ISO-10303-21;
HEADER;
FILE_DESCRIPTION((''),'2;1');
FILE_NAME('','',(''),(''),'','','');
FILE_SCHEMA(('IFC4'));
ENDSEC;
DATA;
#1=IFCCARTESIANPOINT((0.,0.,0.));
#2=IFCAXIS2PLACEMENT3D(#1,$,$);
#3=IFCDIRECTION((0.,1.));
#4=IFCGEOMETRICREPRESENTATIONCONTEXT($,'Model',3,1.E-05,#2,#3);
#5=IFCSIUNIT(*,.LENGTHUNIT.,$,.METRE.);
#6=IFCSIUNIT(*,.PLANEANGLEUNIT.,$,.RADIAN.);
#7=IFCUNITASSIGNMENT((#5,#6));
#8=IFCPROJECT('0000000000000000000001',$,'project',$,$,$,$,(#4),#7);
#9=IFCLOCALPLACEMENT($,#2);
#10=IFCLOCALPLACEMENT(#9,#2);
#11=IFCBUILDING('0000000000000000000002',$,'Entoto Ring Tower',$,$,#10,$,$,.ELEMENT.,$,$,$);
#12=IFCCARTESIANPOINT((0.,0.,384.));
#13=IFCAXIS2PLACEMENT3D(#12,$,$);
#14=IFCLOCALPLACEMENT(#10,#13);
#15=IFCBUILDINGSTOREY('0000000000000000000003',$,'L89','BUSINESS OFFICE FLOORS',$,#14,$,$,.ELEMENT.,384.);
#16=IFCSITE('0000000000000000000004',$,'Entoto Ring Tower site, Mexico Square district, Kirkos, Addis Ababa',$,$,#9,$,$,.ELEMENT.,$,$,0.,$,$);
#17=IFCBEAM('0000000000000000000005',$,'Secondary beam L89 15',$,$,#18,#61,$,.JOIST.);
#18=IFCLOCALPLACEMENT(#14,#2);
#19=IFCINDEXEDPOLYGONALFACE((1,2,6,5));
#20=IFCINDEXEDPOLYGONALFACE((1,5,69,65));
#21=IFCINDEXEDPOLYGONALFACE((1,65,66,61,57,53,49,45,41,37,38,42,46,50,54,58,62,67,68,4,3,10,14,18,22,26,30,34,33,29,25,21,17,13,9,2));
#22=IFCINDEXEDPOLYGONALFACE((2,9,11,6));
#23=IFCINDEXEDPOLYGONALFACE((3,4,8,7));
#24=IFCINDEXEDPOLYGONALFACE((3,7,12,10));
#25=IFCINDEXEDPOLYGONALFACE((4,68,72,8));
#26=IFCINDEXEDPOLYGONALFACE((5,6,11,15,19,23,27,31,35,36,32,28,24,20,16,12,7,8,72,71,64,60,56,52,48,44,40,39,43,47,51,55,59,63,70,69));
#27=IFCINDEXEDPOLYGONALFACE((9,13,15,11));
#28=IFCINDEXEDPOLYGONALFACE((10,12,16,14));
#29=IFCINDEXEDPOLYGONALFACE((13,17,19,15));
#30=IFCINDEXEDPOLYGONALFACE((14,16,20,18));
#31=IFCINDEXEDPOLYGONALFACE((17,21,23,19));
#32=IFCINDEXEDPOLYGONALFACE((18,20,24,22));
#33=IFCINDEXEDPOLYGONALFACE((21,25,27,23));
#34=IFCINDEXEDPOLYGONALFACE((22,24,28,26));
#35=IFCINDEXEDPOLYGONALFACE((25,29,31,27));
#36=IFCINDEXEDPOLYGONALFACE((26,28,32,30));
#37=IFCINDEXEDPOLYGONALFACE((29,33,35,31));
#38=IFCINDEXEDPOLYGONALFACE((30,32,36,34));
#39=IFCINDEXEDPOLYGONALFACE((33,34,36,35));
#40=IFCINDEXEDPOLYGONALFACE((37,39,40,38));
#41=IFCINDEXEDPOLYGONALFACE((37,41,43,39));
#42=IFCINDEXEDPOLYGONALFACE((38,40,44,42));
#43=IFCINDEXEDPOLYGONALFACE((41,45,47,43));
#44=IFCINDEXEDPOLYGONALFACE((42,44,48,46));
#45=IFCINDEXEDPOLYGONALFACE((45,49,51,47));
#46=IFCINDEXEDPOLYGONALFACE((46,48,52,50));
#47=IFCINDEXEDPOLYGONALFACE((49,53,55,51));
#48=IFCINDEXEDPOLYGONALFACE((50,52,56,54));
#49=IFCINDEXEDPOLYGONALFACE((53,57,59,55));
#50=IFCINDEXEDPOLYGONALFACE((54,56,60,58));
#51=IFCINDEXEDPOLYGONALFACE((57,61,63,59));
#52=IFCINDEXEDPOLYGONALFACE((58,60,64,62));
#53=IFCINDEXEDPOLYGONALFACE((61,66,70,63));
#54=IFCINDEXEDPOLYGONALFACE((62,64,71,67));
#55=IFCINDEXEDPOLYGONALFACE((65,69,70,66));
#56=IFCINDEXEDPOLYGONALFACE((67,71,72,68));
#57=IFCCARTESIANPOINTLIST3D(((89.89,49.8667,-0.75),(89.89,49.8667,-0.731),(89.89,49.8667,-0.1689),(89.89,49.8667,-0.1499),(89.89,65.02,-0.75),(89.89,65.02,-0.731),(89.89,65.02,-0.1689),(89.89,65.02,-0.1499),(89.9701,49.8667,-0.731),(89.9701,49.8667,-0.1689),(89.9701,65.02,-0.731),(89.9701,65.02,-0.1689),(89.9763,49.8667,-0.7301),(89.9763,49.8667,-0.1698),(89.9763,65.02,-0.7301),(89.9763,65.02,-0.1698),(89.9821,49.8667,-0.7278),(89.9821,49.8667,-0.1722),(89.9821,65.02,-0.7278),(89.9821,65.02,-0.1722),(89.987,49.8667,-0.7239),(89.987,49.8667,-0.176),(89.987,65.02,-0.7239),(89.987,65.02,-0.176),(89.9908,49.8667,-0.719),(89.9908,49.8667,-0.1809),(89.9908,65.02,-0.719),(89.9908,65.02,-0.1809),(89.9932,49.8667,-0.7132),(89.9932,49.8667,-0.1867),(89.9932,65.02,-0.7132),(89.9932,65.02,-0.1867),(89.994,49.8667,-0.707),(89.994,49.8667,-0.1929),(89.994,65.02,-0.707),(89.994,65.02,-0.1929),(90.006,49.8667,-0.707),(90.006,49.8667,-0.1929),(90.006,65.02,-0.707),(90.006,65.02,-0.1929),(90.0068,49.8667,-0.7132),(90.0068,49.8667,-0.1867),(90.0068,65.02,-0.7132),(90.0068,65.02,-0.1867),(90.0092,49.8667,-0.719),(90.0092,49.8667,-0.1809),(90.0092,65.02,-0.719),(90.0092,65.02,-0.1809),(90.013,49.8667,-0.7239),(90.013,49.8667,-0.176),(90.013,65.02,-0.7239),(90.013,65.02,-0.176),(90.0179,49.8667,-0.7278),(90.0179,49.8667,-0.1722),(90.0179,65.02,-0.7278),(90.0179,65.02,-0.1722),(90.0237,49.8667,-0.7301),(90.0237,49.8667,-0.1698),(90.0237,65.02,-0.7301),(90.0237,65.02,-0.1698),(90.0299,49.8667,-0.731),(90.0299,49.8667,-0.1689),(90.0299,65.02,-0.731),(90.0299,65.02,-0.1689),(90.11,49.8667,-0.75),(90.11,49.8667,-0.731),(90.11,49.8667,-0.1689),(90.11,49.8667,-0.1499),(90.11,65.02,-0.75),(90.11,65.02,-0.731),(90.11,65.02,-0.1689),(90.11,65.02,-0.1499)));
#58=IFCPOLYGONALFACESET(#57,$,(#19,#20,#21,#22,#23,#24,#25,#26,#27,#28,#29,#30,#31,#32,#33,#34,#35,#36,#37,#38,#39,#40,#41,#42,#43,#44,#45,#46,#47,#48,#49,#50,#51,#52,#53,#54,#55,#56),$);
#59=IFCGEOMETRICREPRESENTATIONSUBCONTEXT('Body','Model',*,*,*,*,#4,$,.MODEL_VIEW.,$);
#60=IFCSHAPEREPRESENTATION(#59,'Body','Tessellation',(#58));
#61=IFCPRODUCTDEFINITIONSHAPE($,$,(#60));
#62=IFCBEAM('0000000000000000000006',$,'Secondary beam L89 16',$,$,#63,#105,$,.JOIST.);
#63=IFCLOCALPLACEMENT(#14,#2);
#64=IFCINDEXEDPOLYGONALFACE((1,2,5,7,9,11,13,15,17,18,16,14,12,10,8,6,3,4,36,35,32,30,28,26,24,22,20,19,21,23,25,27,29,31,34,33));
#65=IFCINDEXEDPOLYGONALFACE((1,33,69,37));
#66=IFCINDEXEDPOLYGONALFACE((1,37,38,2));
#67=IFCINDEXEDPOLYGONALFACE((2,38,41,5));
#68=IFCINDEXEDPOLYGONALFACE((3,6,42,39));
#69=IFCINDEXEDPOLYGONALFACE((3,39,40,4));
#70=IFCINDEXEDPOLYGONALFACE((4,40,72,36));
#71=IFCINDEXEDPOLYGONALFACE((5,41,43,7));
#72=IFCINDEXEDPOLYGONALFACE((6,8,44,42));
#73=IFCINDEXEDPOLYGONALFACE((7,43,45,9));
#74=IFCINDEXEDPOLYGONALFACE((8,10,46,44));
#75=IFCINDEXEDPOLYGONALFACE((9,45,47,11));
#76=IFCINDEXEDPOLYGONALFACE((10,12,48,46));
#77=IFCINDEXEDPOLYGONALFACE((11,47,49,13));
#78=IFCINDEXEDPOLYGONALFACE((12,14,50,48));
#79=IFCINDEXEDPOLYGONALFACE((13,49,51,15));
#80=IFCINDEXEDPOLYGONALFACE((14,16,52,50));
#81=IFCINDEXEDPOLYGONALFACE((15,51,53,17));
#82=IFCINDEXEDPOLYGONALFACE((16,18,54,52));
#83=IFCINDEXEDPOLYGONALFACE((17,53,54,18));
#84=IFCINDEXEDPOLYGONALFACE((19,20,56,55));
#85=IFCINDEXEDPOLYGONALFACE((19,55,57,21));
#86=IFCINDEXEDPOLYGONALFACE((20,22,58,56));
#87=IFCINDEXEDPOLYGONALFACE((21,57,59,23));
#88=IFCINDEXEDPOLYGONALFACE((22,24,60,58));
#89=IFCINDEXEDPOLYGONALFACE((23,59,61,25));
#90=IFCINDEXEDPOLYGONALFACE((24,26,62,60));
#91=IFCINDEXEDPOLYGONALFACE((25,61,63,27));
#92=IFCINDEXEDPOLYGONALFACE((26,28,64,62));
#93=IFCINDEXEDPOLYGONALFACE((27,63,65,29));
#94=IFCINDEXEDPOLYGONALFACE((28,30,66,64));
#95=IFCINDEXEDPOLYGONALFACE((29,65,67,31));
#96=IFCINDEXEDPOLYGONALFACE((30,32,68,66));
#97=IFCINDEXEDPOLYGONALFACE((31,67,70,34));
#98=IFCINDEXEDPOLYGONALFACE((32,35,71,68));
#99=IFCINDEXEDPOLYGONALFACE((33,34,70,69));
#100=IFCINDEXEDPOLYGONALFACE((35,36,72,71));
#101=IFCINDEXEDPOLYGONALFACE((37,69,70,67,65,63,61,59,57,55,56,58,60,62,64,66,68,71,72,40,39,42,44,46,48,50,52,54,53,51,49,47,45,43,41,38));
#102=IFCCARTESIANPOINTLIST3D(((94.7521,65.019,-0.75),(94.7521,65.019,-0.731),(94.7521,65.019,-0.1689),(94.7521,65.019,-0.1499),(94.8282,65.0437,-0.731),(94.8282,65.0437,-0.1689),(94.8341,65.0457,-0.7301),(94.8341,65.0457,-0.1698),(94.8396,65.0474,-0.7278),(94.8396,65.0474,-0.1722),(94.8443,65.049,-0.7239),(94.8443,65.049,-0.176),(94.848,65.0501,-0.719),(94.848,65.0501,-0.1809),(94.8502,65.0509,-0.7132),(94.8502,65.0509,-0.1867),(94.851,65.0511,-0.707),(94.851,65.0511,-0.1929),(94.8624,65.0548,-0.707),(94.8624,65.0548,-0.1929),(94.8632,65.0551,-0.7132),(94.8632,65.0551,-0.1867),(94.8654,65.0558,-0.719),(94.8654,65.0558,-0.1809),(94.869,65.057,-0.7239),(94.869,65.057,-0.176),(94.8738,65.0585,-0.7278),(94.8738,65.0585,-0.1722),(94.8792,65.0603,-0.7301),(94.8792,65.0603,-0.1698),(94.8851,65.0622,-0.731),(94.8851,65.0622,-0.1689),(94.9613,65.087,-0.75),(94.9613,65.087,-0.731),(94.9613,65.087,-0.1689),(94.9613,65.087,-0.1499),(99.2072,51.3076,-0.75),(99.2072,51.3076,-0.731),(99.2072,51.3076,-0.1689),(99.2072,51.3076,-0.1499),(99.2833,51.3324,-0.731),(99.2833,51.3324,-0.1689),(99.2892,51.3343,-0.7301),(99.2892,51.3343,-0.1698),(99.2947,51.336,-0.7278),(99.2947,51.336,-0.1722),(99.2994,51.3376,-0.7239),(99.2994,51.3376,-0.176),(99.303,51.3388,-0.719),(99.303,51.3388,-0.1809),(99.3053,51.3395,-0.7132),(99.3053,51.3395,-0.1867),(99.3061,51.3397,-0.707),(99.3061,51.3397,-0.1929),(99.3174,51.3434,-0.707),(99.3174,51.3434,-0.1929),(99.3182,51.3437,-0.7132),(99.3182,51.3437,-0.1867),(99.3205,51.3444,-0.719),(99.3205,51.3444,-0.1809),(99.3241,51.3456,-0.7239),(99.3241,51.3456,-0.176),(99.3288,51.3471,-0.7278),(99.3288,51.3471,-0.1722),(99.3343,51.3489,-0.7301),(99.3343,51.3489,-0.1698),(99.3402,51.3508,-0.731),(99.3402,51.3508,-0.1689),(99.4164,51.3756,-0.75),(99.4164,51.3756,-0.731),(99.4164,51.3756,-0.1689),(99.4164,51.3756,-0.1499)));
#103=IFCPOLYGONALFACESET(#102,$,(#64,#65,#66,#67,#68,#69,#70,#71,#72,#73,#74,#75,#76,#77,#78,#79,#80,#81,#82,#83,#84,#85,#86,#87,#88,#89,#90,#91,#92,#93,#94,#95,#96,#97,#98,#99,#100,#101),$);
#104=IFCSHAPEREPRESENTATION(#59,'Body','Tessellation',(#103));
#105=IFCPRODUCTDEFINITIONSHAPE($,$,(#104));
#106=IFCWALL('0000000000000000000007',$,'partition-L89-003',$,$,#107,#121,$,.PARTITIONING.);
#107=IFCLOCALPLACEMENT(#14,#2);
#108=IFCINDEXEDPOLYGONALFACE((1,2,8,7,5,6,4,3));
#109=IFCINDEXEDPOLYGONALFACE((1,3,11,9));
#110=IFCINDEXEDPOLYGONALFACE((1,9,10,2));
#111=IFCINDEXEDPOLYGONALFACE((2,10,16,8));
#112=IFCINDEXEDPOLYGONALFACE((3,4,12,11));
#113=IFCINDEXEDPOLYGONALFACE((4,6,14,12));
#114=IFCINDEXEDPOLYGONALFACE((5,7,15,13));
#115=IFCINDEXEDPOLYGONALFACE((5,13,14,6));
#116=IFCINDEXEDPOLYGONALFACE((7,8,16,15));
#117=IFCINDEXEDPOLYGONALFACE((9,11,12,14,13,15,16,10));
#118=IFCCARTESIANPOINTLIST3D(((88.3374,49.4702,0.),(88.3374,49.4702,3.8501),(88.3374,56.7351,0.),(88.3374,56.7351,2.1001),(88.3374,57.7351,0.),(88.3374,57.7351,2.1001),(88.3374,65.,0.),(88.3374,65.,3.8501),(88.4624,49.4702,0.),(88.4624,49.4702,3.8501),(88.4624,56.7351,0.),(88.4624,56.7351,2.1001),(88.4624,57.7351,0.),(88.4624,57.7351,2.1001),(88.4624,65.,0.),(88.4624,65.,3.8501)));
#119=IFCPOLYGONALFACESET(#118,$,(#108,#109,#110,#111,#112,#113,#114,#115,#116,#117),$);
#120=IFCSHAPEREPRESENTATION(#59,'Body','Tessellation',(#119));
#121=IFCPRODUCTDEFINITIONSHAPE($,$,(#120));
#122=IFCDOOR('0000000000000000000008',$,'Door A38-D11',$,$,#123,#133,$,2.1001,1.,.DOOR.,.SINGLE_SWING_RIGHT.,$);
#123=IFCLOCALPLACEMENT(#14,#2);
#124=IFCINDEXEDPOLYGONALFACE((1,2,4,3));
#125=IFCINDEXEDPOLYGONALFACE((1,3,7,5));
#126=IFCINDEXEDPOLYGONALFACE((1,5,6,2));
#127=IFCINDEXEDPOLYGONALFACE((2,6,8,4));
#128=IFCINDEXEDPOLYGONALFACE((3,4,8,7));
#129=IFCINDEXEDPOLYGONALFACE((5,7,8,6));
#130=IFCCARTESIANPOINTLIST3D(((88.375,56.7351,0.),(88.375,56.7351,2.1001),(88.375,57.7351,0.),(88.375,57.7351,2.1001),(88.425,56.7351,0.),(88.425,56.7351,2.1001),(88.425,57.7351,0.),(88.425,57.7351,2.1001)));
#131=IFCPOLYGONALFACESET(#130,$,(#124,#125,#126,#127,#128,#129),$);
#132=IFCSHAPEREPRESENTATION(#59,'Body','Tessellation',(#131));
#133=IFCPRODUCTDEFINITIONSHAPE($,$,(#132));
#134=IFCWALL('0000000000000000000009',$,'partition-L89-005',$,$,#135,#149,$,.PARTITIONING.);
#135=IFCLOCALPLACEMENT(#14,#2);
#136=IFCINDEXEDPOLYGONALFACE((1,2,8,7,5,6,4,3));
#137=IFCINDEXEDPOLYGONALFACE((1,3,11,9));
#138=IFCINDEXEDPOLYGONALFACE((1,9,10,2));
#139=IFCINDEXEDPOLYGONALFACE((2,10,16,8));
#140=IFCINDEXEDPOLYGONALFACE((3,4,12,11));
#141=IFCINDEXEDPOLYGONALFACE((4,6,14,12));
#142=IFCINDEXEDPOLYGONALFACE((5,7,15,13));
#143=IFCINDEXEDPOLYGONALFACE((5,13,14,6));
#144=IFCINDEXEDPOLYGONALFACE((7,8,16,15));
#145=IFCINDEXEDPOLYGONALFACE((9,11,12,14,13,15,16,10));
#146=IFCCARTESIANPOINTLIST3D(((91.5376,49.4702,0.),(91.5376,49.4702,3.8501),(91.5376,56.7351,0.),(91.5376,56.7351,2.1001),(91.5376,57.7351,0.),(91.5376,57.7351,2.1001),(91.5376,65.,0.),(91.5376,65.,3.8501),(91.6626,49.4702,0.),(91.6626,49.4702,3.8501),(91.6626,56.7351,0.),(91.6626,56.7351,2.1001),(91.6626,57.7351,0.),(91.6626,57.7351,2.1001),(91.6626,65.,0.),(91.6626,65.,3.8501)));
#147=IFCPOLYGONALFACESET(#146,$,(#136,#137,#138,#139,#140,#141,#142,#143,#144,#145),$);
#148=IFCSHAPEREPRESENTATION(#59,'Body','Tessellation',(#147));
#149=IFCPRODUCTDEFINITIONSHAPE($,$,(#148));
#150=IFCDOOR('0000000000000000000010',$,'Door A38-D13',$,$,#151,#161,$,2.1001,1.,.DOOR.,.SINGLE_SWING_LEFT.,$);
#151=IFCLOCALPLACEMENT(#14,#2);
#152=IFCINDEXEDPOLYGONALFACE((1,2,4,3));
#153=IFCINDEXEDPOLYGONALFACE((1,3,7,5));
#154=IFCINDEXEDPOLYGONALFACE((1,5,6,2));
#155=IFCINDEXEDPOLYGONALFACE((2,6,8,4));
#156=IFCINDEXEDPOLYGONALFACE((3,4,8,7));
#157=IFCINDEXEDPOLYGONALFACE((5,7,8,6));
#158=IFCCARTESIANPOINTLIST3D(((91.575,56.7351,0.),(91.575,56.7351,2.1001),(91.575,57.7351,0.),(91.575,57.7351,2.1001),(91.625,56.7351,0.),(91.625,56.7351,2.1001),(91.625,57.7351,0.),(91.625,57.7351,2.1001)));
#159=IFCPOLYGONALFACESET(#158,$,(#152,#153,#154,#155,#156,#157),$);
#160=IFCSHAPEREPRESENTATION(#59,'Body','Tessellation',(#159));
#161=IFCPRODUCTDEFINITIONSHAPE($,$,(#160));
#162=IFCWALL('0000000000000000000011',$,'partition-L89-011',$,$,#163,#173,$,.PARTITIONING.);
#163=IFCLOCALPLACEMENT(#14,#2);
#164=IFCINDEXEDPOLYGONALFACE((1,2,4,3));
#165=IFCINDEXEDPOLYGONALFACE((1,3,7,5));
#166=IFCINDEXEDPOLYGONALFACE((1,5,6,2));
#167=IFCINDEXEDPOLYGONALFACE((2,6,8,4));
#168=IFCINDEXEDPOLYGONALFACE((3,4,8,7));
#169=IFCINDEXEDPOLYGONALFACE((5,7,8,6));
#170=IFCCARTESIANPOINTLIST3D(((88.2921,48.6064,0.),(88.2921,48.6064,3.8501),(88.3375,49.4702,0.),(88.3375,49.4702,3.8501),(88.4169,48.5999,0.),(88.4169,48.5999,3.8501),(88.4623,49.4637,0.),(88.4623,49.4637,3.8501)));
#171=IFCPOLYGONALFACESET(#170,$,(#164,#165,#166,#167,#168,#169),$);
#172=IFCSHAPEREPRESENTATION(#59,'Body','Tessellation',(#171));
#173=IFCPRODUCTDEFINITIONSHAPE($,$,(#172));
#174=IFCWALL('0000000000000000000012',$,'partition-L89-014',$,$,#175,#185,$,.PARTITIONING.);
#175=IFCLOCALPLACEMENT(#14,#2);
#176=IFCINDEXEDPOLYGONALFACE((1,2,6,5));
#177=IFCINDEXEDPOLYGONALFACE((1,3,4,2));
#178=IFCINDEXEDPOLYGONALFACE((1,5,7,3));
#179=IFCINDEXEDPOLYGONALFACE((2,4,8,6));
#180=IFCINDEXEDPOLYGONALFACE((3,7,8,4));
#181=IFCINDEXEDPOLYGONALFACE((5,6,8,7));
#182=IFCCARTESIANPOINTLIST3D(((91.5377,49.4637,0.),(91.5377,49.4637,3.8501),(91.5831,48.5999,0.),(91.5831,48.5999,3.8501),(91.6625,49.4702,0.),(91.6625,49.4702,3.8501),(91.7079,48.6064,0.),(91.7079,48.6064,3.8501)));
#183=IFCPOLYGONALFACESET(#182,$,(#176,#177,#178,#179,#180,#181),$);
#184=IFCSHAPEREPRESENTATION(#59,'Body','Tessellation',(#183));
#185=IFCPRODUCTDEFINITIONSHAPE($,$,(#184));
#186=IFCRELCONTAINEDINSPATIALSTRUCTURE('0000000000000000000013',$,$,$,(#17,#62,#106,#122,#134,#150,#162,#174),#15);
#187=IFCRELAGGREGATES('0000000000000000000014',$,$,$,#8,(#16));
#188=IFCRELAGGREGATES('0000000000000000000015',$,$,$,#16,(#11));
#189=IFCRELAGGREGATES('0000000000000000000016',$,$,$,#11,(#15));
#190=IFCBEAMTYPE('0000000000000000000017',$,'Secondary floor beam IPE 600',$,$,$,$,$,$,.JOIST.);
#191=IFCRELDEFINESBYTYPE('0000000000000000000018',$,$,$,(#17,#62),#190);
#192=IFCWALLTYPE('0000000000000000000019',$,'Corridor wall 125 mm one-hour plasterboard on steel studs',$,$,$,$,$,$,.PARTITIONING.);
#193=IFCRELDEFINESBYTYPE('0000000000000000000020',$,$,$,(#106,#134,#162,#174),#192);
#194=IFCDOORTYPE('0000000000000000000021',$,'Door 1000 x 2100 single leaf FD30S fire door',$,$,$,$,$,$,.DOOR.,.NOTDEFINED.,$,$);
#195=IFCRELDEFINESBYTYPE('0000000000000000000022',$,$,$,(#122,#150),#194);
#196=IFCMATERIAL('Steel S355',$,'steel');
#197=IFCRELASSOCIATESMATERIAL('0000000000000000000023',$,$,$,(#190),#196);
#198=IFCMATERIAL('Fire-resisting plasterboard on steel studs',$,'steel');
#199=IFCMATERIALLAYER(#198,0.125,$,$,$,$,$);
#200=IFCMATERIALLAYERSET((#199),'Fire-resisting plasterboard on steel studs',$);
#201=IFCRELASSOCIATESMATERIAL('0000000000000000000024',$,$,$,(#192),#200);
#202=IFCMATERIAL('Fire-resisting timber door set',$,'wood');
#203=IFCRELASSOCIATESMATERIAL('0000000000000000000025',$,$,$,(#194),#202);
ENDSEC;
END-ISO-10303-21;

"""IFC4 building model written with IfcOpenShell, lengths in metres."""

from ifc_helpers import new_model, si_unit, direction, frame, frame_2d, origin, origin_2d, place, context, subcontext, project, spatial, rectangle, i_section, extrude, material, layer, layer_set, material_profile, profile_set, type_object, element, fill, save


model = new_model("IFC4")

# Units and contexts
model_context = context("Model", 3, precision=1e-05, world=origin(), true_north=direction((0.0, 1.0)))
body_context = subcontext(model_context, "Body", "Model", "MODEL_VIEW")
ifc_project = project(units=[si_unit("LENGTHUNIT", "METRE"), si_unit("PLANEANGLEUNIT", "RADIAN")], contexts=[model_context])

# Site, building, storey
site_placement = place(None, origin())
site = spatial("IfcSite", under=ifc_project, at=site_placement, Name="Entoto Ring Tower site, Mexico Square district, Kirkos, Addis Ababa", CompositionType="ELEMENT", RefElevation=0.0)
building_placement = place(site_placement, origin())
building = spatial("IfcBuilding", under=site, at=building_placement, Name="Entoto Ring Tower", CompositionType="ELEMENT")
storey_placement = place(building_placement, frame((0.0, 0.0, 384.0)))
storey = spatial("IfcBuildingStorey", under=building, at=storey_placement, Name="L89", Description="BUSINESS OFFICE FLOORS", CompositionType="ELEMENT", Elevation=384.0)

# Beams
ifc_material_1 = material(Name="Steel S355", Category="steel")
ifc_material_profile_1 = material_profile(ifc_material_1, i_section(OverallWidth=0.22, OverallDepth=0.6001, WebThickness=0.012, FlangeThickness=0.019, FilletRadius=0.0239, at=origin_2d()), Name="IPE 600")
ifc_profile_set_1 = profile_set([ifc_material_profile_1], Name="Steel S355")
beam_type_1 = type_object("IfcBeamType", Name="Secondary floor beam IPE 600", PredefinedType="JOIST", material=ifc_profile_set_1)
beam_1_placement = place(storey_placement, frame((90.0, 65.02, -0.45), z_axis=(0.0, -1.0, 0.0), x_axis=(1.0, 0.0, 0.0)))
element("IfcBeam", 1, at=beam_1_placement, inside=storey, type_object=beam_type_1, Name="Secondary beam L89 15", PredefinedType="JOIST", context=body_context, shape_type="SweptSolid", body=[
    extrude(i_section(OverallWidth=0.22, OverallDepth=0.6001, WebThickness=0.012, FlangeThickness=0.019, FilletRadius=0.0239, at=origin_2d()), origin(), (0.0, 0.0, 1.0), 15.1533),
])
beam_2_placement = place(storey_placement, frame((94.8567, 65.053, -0.45), z_axis=(0.309015, -0.951057, 0.0), x_axis=(0.951057, 0.309015, 0.0)))
element("IfcBeam", 2, at=beam_2_placement, inside=storey, type_object=beam_type_1, Name="Secondary beam L89 16", PredefinedType="JOIST", context=body_context, shape_type="SweptSolid", body=[
    extrude(i_section(OverallWidth=0.22, OverallDepth=0.6001, WebThickness=0.012, FlangeThickness=0.019, FilletRadius=0.0239, at=origin_2d()), origin(), (0.0, 0.0, 1.0), 14.417),
])

# Walls, openings, doors
ifc_material_2 = material(Name="Fire-resisting plasterboard on steel studs", Category="steel")
ifc_layer_1 = layer(ifc_material_2, 0.125)
ifc_layer_set_1 = layer_set([ifc_layer_1], Name="Fire-resisting plasterboard on steel studs")
wall_type_1 = type_object("IfcWallType", Name="Corridor wall 125 mm one-hour plasterboard on steel studs", PredefinedType="PARTITIONING", material=ifc_layer_set_1)
wall_1_placement = place(storey_placement, frame((88.3999, 49.4702, 0.0), z_axis=(0.0, 0.0, 1.0), x_axis=(0.0, 1.0, 0.0)))
wall_1 = element("IfcWall", 3, at=wall_1_placement, inside=storey, type_object=wall_type_1, Name="partition-L89-003", PredefinedType="PARTITIONING", context=body_context, shape_type="SweptSolid", body=[
    extrude(rectangle(XDim=15.5298, YDim=0.125, at=frame_2d((7.7649, 0.0))), origin(), (0.0, 0.0, 1.0), 3.8501),
])
opening_1_placement = place(wall_1_placement, frame((7.2649, 0.0, 0.0)))
opening_1 = element("IfcOpeningElement", 4, at=opening_1_placement, cuts=wall_1, PredefinedType="OPENING", context=body_context, shape_type="SweptSolid", body=[
    extrude(rectangle(XDim=1.0, YDim=2.1001, at=frame_2d((0.5, 1.05))), frame((0.0, 0.0725, 0.0), z_axis=(0.0, -1.0, 0.0), x_axis=(1.0, 0.0, 0.0)), (0.0, 0.0, 1.0), 0.145),
])
ifc_material_3 = material(Name="Fire-resisting timber door set", Category="wood")
door_type_1 = type_object("IfcDoorType", Name="Door 1000 x 2100 single leaf FD30S fire door", OperationType="NOTDEFINED", PredefinedType="DOOR", material=ifc_material_3)
door_1_placement = place(opening_1_placement, origin())
door_1 = element("IfcDoor", 5, at=door_1_placement, inside=storey, type_object=door_type_1, Name="Door A38-D11", OperationType="SINGLE_SWING_RIGHT", OverallHeight=2.1001, OverallWidth=1.0, PredefinedType="DOOR", context=body_context, shape_type="SweptSolid", body=[
    extrude(rectangle(XDim=1.0, YDim=2.1001, at=frame_2d((0.5, 1.05))), frame((0.0, 0.0249, 0.0), z_axis=(0.0, -1.0, 0.0), x_axis=(1.0, 0.0, 0.0)), (0.0, 0.0, 1.0), 0.05),
])
fill(opening_1, door_1)
wall_2_placement = place(storey_placement, frame((91.6001, 49.4702, 0.0), z_axis=(0.0, 0.0, 1.0), x_axis=(0.0, 1.0, 0.0)))
wall_2 = element("IfcWall", 6, at=wall_2_placement, inside=storey, type_object=wall_type_1, Name="partition-L89-005", PredefinedType="PARTITIONING", context=body_context, shape_type="SweptSolid", body=[
    extrude(rectangle(XDim=15.5298, YDim=0.125, at=frame_2d((7.7649, 0.0))), origin(), (0.0, 0.0, 1.0), 3.8501),
])
opening_2_placement = place(wall_2_placement, frame((7.2649, 0.0, 0.0)))
opening_2 = element("IfcOpeningElement", 7, at=opening_2_placement, cuts=wall_2, PredefinedType="OPENING", context=body_context, shape_type="SweptSolid", body=[
    extrude(rectangle(XDim=1.0, YDim=2.1001, at=frame_2d((0.5, 1.05))), frame((0.0, 0.0725, 0.0), z_axis=(0.0, -1.0, 0.0), x_axis=(1.0, 0.0, 0.0)), (0.0, 0.0, 1.0), 0.145),
])
door_2_placement = place(opening_2_placement, frame((1.0, 0.0, 0.0), z_axis=(0.0, 0.0, 1.0), x_axis=(-1.0, 0.0, 0.0)))
door_2 = element("IfcDoor", 8, at=door_2_placement, inside=storey, type_object=door_type_1, Name="Door A38-D13", OperationType="SINGLE_SWING_LEFT", OverallHeight=2.1001, OverallWidth=1.0, PredefinedType="DOOR", context=body_context, shape_type="SweptSolid", body=[
    extrude(rectangle(XDim=1.0, YDim=2.1001, at=frame_2d((0.5, 1.05))), frame((0.0, 0.0249, 0.0), z_axis=(0.0, -1.0, 0.0), x_axis=(1.0, 0.0, 0.0)), (0.0, 0.0, 1.0), 0.05),
])
fill(opening_2, door_2)

# Walls
for number, where, z_axis, x_axis, name in (
    (9, (88.3545, 48.603, 0.0), (0.0, 0.0, 1.0), (0.0525, 0.998621, 0.0), "partition-L89-011"),
    (10, (91.6455, 48.603, 0.0), (0.0, 0.0, 1.0), (-0.0525, 0.998621, 0.0), "partition-L89-014"),
):
    element("IfcWall", number, at=place(storey_placement, frame(where, z_axis=z_axis, x_axis=x_axis)), inside=storey, type_object=wall_type_1, Name=name, PredefinedType="PARTITIONING", context=body_context, shape_type="SweptSolid", body=[
        extrude(rectangle(XDim=0.865, YDim=0.125, at=frame_2d((0.4326, 0.0))), origin(), (0.0, 0.0, 1.0), 3.8501),
    ])

save(model, "model.ifc")
